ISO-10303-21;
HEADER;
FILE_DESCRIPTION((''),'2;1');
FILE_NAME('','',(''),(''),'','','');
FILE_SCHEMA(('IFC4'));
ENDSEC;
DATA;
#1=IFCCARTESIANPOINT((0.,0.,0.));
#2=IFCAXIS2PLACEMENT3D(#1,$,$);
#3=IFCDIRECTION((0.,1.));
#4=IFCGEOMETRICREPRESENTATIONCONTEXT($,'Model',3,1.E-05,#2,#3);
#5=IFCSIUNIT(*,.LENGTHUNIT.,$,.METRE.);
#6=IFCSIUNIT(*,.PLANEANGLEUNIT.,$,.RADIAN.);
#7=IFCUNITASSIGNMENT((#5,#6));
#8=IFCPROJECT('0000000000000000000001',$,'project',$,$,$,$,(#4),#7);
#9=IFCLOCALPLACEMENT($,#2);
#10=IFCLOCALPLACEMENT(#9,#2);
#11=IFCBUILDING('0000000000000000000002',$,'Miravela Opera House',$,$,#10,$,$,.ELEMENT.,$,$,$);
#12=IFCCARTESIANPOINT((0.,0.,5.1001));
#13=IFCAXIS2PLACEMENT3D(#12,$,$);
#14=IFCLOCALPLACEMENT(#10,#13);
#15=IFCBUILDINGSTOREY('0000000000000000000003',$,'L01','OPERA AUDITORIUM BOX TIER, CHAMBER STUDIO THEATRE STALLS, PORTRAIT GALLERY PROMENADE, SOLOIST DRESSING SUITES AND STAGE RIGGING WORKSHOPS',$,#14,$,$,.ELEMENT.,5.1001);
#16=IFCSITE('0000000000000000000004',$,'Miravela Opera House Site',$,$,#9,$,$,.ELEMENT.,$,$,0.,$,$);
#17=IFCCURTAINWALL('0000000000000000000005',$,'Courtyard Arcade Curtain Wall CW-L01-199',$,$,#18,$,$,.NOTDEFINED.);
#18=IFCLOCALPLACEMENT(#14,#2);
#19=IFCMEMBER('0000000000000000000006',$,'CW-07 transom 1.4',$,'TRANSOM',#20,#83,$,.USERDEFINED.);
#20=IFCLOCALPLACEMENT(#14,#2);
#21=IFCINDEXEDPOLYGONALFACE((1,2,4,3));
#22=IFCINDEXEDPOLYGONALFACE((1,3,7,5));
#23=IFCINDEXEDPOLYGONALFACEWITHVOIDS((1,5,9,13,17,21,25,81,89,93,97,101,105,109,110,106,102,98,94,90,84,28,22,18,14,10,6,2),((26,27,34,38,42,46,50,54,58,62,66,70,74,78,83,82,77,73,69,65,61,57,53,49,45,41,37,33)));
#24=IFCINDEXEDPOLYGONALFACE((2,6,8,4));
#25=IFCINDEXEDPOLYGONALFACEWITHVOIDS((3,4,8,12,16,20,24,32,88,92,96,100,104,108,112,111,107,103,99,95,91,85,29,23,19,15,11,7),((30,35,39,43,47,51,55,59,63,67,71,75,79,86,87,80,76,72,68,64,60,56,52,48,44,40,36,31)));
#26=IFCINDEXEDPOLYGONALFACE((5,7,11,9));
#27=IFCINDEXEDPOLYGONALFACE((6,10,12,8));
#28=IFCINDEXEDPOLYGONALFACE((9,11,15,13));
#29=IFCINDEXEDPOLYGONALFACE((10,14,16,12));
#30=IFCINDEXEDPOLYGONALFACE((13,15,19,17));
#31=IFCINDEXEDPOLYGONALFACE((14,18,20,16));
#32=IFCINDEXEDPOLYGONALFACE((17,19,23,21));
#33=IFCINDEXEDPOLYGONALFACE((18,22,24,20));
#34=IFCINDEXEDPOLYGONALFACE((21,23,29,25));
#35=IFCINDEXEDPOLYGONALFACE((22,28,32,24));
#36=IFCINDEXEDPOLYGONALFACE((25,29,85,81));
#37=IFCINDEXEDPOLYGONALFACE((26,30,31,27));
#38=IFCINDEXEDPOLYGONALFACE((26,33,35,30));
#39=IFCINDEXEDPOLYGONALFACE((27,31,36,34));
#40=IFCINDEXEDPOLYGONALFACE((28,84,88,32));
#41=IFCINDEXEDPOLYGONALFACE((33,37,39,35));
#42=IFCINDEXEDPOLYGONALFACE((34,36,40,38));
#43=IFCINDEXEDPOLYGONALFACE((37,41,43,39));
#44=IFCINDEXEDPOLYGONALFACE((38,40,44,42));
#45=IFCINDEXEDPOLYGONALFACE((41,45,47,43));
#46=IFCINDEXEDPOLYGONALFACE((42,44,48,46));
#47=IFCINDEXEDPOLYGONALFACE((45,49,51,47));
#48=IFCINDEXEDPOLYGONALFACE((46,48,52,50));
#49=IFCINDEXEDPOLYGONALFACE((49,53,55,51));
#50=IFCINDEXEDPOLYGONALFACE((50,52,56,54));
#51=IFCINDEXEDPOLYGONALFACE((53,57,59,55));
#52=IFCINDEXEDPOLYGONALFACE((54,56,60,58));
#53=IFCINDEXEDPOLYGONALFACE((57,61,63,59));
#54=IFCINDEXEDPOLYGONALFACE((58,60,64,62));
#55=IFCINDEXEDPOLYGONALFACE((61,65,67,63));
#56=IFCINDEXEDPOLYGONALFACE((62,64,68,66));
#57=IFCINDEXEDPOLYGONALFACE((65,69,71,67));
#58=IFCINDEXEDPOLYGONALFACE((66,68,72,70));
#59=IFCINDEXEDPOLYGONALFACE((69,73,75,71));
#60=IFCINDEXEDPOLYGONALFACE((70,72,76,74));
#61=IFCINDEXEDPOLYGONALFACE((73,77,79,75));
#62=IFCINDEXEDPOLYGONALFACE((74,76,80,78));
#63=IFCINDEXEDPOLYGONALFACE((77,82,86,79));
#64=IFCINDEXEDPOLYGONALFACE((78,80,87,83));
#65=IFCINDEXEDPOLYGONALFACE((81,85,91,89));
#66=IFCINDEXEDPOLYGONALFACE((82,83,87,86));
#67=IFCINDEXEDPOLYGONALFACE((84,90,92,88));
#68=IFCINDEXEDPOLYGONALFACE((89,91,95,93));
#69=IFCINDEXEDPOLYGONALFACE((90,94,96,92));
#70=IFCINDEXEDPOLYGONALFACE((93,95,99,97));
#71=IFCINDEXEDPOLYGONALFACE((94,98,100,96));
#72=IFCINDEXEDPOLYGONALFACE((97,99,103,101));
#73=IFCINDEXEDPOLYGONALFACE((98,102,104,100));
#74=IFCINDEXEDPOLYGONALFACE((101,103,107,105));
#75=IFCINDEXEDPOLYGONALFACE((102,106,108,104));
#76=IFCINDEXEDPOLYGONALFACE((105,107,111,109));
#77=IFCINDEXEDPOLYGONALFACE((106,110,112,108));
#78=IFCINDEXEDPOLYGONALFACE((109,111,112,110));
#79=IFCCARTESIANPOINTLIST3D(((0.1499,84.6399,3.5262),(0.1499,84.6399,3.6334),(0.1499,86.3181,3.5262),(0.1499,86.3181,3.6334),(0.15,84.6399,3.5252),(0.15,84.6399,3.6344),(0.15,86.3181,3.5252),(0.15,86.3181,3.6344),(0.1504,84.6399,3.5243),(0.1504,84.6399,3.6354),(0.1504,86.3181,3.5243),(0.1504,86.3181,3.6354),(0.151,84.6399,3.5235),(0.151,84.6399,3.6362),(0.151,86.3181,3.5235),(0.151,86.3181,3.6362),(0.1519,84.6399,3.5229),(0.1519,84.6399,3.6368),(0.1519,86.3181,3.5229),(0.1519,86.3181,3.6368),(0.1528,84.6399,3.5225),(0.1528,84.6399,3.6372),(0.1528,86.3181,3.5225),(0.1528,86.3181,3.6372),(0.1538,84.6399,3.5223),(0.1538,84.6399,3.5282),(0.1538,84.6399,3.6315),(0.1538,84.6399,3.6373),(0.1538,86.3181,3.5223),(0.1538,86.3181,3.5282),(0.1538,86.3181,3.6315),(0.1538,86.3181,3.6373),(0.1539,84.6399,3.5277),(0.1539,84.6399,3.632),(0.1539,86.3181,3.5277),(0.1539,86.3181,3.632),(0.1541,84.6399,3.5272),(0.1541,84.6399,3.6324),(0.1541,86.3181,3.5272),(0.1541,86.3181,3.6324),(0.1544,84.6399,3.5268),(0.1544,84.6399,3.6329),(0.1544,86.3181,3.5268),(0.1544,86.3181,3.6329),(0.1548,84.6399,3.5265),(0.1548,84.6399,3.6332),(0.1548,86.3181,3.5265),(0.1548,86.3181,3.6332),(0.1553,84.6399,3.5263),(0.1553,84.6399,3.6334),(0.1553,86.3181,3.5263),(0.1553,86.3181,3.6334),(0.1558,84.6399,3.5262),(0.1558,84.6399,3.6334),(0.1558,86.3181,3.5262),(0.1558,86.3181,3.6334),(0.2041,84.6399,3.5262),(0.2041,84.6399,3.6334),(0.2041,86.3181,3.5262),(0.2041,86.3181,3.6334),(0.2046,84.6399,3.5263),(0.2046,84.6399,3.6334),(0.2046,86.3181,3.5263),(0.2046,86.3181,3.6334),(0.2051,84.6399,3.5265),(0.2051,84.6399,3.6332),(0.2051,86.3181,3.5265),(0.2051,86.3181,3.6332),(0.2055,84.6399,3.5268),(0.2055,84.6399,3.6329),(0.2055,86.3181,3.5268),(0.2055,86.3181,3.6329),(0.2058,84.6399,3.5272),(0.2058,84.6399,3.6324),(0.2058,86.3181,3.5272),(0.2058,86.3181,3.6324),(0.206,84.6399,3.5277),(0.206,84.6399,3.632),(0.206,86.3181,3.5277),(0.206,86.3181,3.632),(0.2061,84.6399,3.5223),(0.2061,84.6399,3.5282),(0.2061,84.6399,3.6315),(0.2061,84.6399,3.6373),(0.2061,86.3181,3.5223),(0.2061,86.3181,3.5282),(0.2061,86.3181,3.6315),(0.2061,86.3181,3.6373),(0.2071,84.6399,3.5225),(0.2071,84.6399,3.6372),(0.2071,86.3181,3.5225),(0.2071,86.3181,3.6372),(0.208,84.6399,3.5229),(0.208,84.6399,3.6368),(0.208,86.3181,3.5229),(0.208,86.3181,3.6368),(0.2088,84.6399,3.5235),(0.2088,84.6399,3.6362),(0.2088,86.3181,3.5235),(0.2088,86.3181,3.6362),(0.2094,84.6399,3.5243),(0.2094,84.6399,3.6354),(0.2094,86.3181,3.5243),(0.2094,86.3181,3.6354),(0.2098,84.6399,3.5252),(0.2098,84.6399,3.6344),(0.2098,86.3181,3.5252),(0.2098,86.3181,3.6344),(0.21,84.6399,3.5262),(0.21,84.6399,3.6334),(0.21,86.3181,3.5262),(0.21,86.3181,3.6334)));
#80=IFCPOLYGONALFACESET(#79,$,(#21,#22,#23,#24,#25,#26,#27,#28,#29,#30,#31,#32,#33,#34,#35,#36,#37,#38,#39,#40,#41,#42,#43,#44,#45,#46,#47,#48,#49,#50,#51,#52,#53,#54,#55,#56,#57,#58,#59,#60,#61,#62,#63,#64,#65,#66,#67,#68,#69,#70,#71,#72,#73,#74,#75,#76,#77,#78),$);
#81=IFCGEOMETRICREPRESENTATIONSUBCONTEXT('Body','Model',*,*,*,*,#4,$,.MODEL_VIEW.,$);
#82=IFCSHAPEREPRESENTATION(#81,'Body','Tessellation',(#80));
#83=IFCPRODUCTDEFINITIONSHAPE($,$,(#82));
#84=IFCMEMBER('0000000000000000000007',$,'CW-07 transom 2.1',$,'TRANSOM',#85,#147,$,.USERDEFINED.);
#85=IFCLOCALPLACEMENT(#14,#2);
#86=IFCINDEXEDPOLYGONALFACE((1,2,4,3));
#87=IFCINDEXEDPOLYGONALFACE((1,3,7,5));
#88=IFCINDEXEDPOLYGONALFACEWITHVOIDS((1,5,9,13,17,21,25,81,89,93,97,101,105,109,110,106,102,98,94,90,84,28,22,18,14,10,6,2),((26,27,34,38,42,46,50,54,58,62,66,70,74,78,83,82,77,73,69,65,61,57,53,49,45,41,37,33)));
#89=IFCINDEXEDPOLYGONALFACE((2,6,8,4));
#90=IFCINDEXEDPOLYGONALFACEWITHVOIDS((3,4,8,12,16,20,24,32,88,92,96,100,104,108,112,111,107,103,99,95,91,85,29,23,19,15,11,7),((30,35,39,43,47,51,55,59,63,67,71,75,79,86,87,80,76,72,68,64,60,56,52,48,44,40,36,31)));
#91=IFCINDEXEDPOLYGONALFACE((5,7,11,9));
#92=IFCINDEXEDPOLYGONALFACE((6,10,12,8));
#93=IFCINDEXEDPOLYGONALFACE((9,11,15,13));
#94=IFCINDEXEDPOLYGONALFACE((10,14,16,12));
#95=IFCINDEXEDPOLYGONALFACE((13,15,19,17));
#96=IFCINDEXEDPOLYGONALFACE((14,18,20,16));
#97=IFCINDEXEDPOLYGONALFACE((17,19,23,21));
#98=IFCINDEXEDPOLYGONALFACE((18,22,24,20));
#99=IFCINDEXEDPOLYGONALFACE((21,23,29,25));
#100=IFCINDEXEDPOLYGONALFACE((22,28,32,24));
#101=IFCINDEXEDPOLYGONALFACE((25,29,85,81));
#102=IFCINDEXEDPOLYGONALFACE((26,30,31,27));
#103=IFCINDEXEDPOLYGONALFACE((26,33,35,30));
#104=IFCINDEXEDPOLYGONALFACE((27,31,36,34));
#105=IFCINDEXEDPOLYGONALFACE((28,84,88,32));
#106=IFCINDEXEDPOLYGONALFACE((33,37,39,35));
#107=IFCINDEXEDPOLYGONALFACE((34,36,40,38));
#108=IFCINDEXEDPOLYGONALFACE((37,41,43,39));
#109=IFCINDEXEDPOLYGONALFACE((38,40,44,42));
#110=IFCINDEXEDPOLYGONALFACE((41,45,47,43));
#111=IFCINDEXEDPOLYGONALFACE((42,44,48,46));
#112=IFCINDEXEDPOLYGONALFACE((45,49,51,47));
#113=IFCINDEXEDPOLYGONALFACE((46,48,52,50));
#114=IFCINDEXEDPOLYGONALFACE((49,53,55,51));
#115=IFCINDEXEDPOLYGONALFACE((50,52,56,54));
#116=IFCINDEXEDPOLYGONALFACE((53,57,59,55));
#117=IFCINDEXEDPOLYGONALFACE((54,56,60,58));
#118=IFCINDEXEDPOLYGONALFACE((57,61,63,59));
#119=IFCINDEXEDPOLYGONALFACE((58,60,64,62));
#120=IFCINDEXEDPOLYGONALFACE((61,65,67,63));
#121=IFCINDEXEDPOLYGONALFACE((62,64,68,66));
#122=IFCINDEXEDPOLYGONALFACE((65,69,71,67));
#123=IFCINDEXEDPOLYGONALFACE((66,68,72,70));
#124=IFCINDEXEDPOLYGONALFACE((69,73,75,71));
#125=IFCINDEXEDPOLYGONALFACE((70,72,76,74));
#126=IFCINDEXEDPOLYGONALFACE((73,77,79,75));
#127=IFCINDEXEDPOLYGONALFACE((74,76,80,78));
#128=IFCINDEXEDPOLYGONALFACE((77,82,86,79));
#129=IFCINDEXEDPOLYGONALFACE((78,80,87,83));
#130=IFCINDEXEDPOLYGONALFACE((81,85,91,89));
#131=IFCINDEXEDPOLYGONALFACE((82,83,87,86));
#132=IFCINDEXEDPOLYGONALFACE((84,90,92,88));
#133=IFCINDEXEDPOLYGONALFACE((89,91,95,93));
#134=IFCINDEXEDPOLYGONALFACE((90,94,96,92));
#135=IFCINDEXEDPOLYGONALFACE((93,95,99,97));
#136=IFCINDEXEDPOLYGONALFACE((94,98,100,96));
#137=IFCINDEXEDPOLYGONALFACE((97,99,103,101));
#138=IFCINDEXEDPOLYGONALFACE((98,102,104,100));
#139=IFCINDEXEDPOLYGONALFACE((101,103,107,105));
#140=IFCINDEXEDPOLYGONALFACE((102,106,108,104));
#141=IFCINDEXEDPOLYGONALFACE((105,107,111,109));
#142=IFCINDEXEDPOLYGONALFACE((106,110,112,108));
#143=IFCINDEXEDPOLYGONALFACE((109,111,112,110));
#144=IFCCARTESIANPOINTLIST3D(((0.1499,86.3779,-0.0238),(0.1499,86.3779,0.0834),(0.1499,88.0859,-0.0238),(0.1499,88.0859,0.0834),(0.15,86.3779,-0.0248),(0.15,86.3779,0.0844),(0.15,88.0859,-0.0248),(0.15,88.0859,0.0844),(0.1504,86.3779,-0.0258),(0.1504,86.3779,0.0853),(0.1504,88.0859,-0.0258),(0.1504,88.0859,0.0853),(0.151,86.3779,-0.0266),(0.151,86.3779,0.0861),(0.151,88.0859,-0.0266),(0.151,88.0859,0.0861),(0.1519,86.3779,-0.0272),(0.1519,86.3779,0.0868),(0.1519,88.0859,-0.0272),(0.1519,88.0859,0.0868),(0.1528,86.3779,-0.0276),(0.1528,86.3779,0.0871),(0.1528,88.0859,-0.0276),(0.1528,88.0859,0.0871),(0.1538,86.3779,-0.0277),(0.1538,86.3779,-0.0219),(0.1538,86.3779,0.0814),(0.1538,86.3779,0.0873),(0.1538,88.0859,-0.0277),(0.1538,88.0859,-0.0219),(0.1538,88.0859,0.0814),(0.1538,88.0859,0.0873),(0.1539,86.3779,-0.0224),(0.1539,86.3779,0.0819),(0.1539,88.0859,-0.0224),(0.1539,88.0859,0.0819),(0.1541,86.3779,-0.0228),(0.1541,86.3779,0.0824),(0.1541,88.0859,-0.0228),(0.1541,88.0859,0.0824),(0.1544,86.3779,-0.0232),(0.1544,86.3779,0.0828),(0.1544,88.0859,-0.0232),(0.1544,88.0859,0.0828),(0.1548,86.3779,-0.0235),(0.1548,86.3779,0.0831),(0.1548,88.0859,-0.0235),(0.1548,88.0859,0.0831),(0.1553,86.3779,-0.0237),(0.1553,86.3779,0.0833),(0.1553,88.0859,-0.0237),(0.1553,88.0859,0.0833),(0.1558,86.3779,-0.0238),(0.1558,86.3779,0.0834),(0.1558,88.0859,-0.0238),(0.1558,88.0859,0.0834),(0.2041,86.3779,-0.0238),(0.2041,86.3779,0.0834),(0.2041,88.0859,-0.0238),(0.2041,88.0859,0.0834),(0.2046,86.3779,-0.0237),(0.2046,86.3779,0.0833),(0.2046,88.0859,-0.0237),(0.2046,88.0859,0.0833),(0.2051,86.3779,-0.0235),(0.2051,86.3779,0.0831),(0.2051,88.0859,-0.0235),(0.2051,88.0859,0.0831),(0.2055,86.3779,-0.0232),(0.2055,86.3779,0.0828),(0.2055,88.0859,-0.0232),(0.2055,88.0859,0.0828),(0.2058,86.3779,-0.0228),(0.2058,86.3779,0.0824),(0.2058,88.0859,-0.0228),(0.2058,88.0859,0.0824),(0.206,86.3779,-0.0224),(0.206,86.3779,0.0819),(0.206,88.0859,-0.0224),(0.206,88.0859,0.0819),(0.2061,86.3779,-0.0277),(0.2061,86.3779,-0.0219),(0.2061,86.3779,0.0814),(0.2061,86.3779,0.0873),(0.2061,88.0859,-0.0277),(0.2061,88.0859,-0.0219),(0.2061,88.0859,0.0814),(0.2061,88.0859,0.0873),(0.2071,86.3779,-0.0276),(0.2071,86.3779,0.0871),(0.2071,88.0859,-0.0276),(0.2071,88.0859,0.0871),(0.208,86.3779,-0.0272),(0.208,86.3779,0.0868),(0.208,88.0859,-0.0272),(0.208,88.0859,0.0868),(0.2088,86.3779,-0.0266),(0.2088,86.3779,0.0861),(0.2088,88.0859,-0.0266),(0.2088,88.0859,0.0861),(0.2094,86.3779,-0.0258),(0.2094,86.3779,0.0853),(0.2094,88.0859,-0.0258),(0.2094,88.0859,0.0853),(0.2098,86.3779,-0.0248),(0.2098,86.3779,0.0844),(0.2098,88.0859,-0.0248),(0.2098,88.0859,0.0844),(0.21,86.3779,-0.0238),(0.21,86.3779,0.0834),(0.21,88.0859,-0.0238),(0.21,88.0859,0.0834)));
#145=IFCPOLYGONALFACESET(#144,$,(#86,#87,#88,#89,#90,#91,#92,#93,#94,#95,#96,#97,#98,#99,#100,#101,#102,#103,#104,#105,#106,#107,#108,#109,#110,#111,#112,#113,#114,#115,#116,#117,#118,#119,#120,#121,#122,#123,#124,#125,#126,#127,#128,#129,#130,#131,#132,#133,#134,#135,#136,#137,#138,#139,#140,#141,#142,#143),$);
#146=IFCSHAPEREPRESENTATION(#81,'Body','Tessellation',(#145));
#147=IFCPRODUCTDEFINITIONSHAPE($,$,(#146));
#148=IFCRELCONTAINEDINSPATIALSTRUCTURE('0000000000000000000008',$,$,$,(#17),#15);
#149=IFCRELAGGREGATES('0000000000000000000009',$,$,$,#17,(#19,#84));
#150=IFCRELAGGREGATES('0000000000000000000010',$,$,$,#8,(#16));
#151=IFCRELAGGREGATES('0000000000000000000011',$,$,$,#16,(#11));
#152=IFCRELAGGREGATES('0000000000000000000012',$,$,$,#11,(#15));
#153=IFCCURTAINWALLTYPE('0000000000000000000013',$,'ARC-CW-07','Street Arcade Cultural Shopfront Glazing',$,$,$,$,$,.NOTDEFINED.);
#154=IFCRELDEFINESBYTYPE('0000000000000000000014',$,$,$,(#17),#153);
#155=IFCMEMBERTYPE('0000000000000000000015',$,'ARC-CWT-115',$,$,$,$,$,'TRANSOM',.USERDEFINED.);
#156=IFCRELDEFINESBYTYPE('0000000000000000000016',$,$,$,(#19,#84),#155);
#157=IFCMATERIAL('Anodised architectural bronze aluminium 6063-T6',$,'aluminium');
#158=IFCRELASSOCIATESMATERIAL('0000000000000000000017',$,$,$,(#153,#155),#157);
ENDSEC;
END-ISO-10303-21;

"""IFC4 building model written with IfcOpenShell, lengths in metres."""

from ifc_helpers import new_model, si_unit, direction, frame, origin, origin_2d, place, context, subcontext, project, spatial, hollow_rectangle, extrude, material, material_profile, profile_set, type_object, element, aggregate, save


model = new_model("IFC4")

# Units and contexts
model_context = context("Model", 3, precision=1e-05, world=origin(), true_north=direction((0.0, 1.0)))
body_context = subcontext(model_context, "Body", "Model", "MODEL_VIEW")
ifc_project = project(units=[si_unit("LENGTHUNIT", "METRE"), si_unit("PLANEANGLEUNIT", "RADIAN")], contexts=[model_context])

# Site, building, storey
site_placement = place(None, origin())
site = spatial("IfcSite", under=ifc_project, at=site_placement, Name="Miravela Opera House Site", CompositionType="ELEMENT", RefElevation=0.0)
building_placement = place(site_placement, origin())
building = spatial("IfcBuilding", under=site, at=building_placement, Name="Miravela Opera House", CompositionType="ELEMENT")
storey_placement = place(building_placement, frame((0.0, 0.0, 5.1001)))
storey = spatial("IfcBuildingStorey", under=building, at=storey_placement, Name="L01", Description="OPERA AUDITORIUM BOX TIER, CHAMBER STUDIO THEATRE STALLS, PORTRAIT GALLERY PROMENADE, SOLOIST DRESSING SUITES AND STAGE RIGGING WORKSHOPS", CompositionType="ELEMENT", Elevation=5.1001)

# Curtain wall, members
ifc_material_1 = material(Name="Anodised architectural bronze aluminium 6063-T6", Category="aluminium")
curtain_wall_type = type_object("IfcCurtainWallType", Name="ARC-CW-07", Description="Street Arcade Cultural Shopfront Glazing", PredefinedType="NOTDEFINED", material=ifc_material_1)
curtain_wall_placement = place(storey_placement, origin())
curtain_wall = element("IfcCurtainWall", 1, at=curtain_wall_placement, inside=storey, type_object=curtain_wall_type, Name="Courtyard Arcade Curtain Wall CW-L01-199", PredefinedType="NOTDEFINED")
ifc_material_profile_1 = material_profile(ifc_material_1, hollow_rectangle(XDim=0.0601, YDim=0.115, WallThickness=0.0039, InnerFilletRadius=0.002, OuterFilletRadius=0.0039, at=origin_2d()), Name="CWT-60X115")
ifc_profile_set_1 = profile_set([ifc_material_profile_1])
member_type_1 = type_object("IfcMemberType", Name="ARC-CWT-115", ElementType="TRANSOM", PredefinedType="USERDEFINED", material=ifc_profile_set_1)
member_1_placement = place(storey_placement, frame((0.1799, 84.6399, 3.5798), z_axis=(0.0, 1.0, 0.0), x_axis=(-1.0, 0.0, 0.0)))
member_1 = element("IfcMember", 2, at=member_1_placement, type_object=member_type_1, Name="CW-07 transom 1.4", ObjectType="TRANSOM", PredefinedType="USERDEFINED", context=body_context, shape_type="SweptSolid", body=[
    extrude(hollow_rectangle(XDim=0.0601, YDim=0.115, WallThickness=0.0039, InnerFilletRadius=0.002, OuterFilletRadius=0.0039, at=origin_2d()), origin(), (0.0, 0.0, 1.0), 1.6782),
])
member_2_placement = place(storey_placement, frame((0.1799, 86.3779, 0.0298), z_axis=(0.0, 1.0, 0.0), x_axis=(-1.0, 0.0, 0.0)))
member_2 = element("IfcMember", 3, at=member_2_placement, type_object=member_type_1, Name="CW-07 transom 2.1", ObjectType="TRANSOM", PredefinedType="USERDEFINED", context=body_context, shape_type="SweptSolid", body=[
    extrude(hollow_rectangle(XDim=0.0601, YDim=0.115, WallThickness=0.0039, InnerFilletRadius=0.002, OuterFilletRadius=0.0039, at=origin_2d()), origin(), (0.0, 0.0, 1.0), 1.708),
])
aggregate(curtain_wall, [member_1, member_2])

save(model, "model.ifc")
